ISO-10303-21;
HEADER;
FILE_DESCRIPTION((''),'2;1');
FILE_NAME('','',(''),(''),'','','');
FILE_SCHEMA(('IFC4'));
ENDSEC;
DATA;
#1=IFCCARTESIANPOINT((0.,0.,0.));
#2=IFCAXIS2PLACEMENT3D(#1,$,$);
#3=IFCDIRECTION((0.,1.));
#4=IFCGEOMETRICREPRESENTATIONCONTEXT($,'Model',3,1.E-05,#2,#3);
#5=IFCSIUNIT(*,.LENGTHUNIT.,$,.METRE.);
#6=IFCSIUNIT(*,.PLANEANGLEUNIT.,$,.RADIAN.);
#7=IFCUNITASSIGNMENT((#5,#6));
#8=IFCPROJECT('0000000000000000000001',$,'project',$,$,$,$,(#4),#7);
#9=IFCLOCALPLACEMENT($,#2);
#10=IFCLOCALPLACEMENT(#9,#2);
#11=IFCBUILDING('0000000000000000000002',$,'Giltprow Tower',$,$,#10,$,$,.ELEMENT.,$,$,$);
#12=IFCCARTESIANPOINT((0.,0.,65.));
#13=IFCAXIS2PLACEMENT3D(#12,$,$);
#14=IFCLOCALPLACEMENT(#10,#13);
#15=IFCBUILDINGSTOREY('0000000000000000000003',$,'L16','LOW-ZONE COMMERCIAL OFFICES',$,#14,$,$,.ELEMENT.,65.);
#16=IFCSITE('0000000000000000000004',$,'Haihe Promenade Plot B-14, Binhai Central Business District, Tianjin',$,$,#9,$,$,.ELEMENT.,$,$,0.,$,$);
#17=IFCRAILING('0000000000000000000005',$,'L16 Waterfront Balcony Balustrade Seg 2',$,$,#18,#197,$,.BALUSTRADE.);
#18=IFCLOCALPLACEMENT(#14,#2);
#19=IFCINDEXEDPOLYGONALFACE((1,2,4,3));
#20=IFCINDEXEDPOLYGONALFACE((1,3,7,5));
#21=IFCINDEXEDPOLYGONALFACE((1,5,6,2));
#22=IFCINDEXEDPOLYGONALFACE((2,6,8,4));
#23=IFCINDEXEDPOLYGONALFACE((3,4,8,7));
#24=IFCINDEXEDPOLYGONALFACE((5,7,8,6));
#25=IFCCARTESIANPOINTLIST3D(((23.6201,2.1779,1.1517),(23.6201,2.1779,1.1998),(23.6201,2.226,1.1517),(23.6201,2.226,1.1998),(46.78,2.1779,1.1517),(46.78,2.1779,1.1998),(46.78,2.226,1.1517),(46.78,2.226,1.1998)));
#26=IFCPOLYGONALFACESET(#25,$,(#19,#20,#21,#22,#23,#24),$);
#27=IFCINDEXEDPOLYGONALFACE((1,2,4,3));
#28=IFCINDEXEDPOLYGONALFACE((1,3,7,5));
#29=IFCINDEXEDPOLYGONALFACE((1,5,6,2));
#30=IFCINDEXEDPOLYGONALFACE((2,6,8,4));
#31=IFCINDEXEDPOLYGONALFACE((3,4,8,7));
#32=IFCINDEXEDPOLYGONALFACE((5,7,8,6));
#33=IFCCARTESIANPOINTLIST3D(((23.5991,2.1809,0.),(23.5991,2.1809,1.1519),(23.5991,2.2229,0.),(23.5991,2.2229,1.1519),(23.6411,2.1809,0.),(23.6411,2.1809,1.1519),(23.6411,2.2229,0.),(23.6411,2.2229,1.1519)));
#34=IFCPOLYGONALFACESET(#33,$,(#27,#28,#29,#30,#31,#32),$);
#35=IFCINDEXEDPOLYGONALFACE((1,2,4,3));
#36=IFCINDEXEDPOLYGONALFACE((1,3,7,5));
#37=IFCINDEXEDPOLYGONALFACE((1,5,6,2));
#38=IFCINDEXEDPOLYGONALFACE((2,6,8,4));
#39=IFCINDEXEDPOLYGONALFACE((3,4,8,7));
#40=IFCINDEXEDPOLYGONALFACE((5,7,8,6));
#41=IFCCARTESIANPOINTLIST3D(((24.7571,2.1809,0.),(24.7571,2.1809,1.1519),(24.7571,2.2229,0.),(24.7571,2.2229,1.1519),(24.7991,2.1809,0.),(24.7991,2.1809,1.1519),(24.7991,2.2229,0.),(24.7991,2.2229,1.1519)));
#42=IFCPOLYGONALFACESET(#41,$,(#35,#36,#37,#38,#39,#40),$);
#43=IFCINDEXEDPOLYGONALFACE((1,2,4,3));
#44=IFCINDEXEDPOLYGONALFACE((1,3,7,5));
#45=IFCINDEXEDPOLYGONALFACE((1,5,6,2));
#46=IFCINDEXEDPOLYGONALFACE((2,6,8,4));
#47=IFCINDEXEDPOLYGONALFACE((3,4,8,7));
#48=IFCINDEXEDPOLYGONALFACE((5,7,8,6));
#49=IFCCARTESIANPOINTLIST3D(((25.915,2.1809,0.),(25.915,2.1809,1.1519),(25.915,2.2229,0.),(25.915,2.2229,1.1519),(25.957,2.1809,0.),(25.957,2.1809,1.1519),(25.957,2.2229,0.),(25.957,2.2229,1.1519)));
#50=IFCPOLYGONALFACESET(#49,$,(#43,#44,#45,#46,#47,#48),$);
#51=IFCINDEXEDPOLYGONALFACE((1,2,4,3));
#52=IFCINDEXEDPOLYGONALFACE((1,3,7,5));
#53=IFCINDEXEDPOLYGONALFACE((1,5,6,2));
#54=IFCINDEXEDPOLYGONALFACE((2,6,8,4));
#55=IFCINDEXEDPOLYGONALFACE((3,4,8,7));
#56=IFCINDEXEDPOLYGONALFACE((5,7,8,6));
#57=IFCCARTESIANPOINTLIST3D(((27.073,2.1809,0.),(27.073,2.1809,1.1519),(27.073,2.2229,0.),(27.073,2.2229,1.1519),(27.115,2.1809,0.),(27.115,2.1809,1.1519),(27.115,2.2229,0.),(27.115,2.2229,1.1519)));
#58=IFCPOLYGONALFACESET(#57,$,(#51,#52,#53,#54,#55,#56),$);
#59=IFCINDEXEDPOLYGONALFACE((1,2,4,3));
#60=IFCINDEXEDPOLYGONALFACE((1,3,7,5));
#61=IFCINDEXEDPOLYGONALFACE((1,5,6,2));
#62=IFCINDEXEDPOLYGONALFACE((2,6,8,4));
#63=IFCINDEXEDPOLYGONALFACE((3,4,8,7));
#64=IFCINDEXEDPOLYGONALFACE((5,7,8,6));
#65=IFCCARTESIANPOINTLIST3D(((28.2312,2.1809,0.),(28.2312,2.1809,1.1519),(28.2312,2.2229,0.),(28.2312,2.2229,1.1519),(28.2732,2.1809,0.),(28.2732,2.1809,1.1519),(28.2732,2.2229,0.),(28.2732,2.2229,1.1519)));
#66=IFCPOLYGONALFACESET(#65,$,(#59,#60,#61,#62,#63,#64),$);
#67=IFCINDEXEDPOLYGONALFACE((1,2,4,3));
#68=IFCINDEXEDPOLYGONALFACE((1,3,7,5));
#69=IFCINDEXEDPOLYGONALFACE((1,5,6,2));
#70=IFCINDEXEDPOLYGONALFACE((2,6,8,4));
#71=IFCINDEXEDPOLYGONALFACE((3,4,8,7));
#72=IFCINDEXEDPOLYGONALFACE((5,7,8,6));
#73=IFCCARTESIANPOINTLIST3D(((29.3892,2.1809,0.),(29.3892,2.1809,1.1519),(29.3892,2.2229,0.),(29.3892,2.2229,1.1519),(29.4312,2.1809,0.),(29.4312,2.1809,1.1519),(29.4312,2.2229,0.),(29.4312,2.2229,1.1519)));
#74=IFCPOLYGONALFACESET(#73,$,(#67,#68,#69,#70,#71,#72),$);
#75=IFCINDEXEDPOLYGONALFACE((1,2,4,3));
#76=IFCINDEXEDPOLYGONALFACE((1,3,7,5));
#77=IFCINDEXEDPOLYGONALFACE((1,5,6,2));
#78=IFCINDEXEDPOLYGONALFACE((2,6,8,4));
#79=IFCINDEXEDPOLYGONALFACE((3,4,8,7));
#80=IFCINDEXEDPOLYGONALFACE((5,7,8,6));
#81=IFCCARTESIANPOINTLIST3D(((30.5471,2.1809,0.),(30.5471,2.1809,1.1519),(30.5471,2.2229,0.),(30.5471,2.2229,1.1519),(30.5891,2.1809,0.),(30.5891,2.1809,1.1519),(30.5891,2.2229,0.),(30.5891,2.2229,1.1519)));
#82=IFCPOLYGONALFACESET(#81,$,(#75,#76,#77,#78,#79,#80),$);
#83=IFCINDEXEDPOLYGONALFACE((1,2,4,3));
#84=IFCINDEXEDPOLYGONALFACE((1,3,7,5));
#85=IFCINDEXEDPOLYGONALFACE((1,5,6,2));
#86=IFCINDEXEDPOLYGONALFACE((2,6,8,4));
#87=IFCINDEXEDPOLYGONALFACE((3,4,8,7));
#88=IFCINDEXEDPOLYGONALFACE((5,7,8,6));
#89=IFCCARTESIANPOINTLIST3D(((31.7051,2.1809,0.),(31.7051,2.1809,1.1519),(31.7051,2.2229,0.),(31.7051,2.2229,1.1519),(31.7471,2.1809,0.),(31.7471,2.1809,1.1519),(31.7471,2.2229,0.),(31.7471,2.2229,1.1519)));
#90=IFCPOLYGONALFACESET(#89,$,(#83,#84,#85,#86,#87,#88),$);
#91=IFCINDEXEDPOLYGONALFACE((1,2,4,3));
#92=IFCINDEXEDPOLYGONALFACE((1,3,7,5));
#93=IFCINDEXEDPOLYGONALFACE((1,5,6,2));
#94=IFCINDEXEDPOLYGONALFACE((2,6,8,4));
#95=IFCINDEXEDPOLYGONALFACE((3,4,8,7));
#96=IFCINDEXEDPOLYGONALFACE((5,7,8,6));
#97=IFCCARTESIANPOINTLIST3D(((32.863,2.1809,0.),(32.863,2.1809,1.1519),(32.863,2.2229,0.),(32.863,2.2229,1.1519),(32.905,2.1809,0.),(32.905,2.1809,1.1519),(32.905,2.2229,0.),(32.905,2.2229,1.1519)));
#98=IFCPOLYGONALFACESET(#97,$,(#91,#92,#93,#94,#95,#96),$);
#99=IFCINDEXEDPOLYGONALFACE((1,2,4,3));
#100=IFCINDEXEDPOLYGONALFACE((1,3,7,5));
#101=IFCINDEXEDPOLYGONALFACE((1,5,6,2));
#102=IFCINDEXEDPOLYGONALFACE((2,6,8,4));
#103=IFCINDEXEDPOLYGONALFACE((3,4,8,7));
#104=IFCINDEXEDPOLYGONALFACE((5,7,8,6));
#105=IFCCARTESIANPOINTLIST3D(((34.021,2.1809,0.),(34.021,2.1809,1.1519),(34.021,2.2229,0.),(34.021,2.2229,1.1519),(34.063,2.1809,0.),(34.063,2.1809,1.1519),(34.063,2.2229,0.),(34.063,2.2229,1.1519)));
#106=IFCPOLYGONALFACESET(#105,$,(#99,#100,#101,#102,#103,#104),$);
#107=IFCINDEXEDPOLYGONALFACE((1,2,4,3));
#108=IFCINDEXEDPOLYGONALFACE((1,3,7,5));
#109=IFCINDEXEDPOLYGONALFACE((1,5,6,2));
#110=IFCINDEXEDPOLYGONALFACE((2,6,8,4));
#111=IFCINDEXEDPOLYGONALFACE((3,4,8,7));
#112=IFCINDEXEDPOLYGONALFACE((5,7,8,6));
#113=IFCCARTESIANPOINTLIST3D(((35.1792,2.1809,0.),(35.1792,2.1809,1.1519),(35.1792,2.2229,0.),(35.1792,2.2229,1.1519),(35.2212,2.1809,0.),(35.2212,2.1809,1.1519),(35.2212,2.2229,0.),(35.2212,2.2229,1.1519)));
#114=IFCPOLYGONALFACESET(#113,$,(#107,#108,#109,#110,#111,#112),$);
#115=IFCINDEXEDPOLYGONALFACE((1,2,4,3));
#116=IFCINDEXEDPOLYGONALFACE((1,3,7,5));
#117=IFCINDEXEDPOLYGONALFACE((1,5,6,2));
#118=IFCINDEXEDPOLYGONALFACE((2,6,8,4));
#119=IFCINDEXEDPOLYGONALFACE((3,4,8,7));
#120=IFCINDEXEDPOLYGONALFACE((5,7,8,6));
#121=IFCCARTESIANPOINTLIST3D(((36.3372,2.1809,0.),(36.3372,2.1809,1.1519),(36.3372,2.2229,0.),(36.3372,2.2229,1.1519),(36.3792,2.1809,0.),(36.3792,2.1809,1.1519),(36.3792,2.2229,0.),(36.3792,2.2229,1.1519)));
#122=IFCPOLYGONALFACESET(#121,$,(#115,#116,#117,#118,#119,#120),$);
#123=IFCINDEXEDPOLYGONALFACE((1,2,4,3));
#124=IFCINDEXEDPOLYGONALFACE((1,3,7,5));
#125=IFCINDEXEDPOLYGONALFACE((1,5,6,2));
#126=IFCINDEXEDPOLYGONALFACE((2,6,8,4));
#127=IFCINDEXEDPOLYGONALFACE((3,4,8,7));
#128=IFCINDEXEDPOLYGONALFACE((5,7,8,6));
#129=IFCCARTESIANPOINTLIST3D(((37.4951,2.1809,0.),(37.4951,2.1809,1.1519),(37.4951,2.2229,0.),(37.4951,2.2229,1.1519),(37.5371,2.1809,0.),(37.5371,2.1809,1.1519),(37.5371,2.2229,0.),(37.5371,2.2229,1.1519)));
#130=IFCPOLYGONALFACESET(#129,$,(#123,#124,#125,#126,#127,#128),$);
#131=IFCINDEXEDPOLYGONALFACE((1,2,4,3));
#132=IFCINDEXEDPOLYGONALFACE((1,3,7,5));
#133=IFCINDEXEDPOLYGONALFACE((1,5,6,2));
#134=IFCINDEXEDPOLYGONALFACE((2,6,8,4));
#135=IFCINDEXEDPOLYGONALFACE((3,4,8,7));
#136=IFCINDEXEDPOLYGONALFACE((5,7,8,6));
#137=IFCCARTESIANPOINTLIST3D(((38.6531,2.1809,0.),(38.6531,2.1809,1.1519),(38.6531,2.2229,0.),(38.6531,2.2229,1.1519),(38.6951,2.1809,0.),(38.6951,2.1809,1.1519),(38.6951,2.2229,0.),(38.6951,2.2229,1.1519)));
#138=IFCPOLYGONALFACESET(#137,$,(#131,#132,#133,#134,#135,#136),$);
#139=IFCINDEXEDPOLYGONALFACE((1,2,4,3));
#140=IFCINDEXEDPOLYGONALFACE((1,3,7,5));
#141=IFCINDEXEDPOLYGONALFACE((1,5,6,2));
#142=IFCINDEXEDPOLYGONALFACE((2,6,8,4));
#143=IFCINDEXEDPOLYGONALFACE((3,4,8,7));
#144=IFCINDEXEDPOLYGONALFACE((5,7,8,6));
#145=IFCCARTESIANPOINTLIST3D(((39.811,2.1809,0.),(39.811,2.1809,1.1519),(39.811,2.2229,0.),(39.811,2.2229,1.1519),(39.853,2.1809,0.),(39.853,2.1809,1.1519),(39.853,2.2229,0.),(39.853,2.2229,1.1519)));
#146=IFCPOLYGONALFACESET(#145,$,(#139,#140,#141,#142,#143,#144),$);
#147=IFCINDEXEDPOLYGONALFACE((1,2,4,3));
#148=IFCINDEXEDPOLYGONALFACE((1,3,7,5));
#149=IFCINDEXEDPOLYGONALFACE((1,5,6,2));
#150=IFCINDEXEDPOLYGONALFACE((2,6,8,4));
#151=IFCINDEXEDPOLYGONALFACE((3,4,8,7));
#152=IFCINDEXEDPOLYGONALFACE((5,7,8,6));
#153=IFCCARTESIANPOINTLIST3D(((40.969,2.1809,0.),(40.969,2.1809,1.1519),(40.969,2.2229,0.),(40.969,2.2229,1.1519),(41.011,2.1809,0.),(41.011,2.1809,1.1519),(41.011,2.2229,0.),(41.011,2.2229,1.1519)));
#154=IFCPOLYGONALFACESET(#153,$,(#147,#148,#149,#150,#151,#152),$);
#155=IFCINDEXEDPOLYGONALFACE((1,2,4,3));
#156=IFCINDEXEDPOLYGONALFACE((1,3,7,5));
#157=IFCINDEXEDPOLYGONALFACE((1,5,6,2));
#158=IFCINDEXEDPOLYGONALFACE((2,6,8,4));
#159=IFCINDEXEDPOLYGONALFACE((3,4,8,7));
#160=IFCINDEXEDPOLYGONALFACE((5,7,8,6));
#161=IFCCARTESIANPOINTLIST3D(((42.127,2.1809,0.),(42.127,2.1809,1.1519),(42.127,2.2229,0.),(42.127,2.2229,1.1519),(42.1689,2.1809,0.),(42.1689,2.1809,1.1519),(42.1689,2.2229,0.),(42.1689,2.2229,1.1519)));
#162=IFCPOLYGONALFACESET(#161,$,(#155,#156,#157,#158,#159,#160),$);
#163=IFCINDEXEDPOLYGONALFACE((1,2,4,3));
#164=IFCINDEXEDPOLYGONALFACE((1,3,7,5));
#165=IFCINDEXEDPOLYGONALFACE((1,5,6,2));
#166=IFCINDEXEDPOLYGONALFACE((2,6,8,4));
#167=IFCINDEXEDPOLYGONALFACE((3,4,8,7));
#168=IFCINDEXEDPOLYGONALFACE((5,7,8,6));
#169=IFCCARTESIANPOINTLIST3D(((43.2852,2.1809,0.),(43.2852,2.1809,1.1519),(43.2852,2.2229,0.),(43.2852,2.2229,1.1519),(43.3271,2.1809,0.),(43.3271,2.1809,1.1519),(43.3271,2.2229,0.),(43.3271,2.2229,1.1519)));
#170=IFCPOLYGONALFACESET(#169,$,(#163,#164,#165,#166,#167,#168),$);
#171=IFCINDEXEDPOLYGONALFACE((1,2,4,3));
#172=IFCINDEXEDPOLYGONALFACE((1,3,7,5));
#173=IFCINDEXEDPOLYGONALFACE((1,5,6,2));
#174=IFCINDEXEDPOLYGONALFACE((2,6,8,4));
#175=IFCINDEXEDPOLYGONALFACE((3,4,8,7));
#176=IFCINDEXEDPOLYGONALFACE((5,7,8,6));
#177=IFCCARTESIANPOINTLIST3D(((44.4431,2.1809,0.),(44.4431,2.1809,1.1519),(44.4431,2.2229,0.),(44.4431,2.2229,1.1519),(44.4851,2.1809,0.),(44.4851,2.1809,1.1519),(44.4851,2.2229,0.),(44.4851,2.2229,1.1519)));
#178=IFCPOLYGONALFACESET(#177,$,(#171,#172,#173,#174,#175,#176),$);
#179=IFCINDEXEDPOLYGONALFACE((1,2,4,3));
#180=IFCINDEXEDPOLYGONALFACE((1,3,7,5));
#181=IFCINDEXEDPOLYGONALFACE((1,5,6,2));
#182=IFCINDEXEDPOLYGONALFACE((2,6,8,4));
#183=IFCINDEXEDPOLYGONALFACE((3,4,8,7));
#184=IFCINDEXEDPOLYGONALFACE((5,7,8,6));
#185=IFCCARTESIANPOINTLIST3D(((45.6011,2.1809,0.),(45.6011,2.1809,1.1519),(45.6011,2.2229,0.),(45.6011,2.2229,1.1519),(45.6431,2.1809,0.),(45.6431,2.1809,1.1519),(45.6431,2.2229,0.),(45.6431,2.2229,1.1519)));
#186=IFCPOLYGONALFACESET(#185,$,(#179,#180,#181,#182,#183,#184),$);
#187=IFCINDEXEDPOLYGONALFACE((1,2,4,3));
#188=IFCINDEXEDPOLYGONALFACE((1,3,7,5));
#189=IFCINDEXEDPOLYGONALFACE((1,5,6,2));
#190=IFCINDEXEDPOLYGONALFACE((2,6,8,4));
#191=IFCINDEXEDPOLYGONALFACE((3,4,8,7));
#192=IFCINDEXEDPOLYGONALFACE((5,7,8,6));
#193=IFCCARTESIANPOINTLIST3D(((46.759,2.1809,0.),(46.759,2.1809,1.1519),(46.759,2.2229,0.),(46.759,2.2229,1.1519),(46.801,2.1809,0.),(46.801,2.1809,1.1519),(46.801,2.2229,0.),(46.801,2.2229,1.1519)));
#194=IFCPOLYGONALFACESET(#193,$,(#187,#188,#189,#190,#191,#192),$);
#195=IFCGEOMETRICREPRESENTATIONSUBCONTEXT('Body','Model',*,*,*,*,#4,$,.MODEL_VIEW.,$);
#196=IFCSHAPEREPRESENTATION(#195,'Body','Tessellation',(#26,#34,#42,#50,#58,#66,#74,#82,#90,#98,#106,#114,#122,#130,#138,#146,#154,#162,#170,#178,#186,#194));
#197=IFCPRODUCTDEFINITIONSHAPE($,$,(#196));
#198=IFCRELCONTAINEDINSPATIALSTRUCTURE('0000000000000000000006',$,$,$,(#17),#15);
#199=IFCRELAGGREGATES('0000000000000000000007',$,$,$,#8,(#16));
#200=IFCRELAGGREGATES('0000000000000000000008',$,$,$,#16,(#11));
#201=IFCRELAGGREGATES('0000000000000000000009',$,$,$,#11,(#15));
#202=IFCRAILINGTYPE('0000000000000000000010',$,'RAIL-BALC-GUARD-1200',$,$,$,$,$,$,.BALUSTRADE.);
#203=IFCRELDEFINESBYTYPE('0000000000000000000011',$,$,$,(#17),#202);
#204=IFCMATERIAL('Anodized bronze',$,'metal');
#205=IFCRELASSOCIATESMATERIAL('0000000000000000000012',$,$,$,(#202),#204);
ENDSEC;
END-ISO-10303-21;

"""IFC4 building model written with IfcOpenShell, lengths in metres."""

from ifc_helpers import new_model, si_unit, direction, frame, origin, origin_2d, place, context, subcontext, project, spatial, rectangle, extrude, material, type_object, element, save


model = new_model("IFC4")

# Units and contexts
model_context = context("Model", 3, precision=1e-05, world=origin(), true_north=direction((0.0, 1.0)))
body_context = subcontext(model_context, "Body", "Model", "MODEL_VIEW")
ifc_project = project(units=[si_unit("LENGTHUNIT", "METRE"), si_unit("PLANEANGLEUNIT", "RADIAN")], contexts=[model_context])

# Site, building, storey
site_placement = place(None, origin())
site = spatial("IfcSite", under=ifc_project, at=site_placement, Name="Haihe Promenade Plot B-14, Binhai Central Business District, Tianjin", CompositionType="ELEMENT", RefElevation=0.0)
building_placement = place(site_placement, origin())
building = spatial("IfcBuilding", under=site, at=building_placement, Name="Giltprow Tower", CompositionType="ELEMENT")
storey_placement = place(building_placement, frame((0.0, 0.0, 65.0)))
storey = spatial("IfcBuildingStorey", under=building, at=storey_placement, Name="L16", Description="LOW-ZONE COMMERCIAL OFFICES", CompositionType="ELEMENT", Elevation=65.0)

# Shared definitions
ifc_material_1 = material(Name="Anodized bronze", Category="metal")

# Railing
railing_type = type_object("IfcRailingType", Name="RAIL-BALC-GUARD-1200", PredefinedType="BALUSTRADE", material=ifc_material_1)
railing_1_placement = place(storey_placement, frame((23.6201, 2.2019, 0.0)))
element("IfcRailing", 1, at=railing_1_placement, inside=storey, type_object=railing_type, Name="L16 Waterfront Balcony Balustrade Seg 2", PredefinedType="BALUSTRADE", context=body_context, shape_type="SweptSolid", body=[
    extrude(rectangle(XDim=0.0481, YDim=0.0481, at=origin_2d()), frame((0.0, 0.0, 1.1758), z_axis=(1.0, 0.0, 0.0), x_axis=(0.0, 1.0, 0.0)), (0.0, 0.0, 1.0), 23.1599),
    extrude(rectangle(XDim=0.042, YDim=0.042, at=origin_2d()), origin(), (0.0, 0.0, 1.0), 1.1519),
    extrude(rectangle(XDim=0.042, YDim=0.042, at=origin_2d()), frame((1.158, 0.0, 0.0)), (0.0, 0.0, 1.0), 1.1519),
    extrude(rectangle(XDim=0.042, YDim=0.042, at=origin_2d()), frame((2.3159, 0.0, 0.0)), (0.0, 0.0, 1.0), 1.1519),
    extrude(rectangle(XDim=0.042, YDim=0.042, at=origin_2d()), frame((3.4739, 0.0, 0.0)), (0.0, 0.0, 1.0), 1.1519),
    extrude(rectangle(XDim=0.042, YDim=0.042, at=origin_2d()), frame((4.6321, 0.0, 0.0)), (0.0, 0.0, 1.0), 1.1519),
    extrude(rectangle(XDim=0.042, YDim=0.042, at=origin_2d()), frame((5.79, 0.0, 0.0)), (0.0, 0.0, 1.0), 1.1519),
    extrude(rectangle(XDim=0.042, YDim=0.042, at=origin_2d()), frame((6.948, 0.0, 0.0)), (0.0, 0.0, 1.0), 1.1519),
    extrude(rectangle(XDim=0.042, YDim=0.042, at=origin_2d()), frame((8.106, 0.0, 0.0)), (0.0, 0.0, 1.0), 1.1519),
    extrude(rectangle(XDim=0.042, YDim=0.042, at=origin_2d()), frame((9.2639, 0.0, 0.0)), (0.0, 0.0, 1.0), 1.1519),
    extrude(rectangle(XDim=0.042, YDim=0.042, at=origin_2d()), frame((10.4219, 0.0, 0.0)), (0.0, 0.0, 1.0), 1.1519),
    extrude(rectangle(XDim=0.042, YDim=0.042, at=origin_2d()), frame((11.5801, 0.0, 0.0)), (0.0, 0.0, 1.0), 1.1519),
    extrude(rectangle(XDim=0.042, YDim=0.042, at=origin_2d()), frame((12.738, 0.0, 0.0)), (0.0, 0.0, 1.0), 1.1519),
    extrude(rectangle(XDim=0.042, YDim=0.042, at=origin_2d()), frame((13.896, 0.0, 0.0)), (0.0, 0.0, 1.0), 1.1519),
    extrude(rectangle(XDim=0.042, YDim=0.042, at=origin_2d()), frame((15.054, 0.0, 0.0)), (0.0, 0.0, 1.0), 1.1519),
    extrude(rectangle(XDim=0.042, YDim=0.042, at=origin_2d()), frame((16.2119, 0.0, 0.0)), (0.0, 0.0, 1.0), 1.1519),
    extrude(rectangle(XDim=0.042, YDim=0.042, at=origin_2d()), frame((17.3699, 0.0, 0.0)), (0.0, 0.0, 1.0), 1.1519),
    extrude(rectangle(XDim=0.042, YDim=0.042, at=origin_2d()), frame((18.5278, 0.0, 0.0)), (0.0, 0.0, 1.0), 1.1519),
    extrude(rectangle(XDim=0.042, YDim=0.042, at=origin_2d()), frame((19.686, 0.0, 0.0)), (0.0, 0.0, 1.0), 1.1519),
    extrude(rectangle(XDim=0.042, YDim=0.042, at=origin_2d()), frame((20.844, 0.0, 0.0)), (0.0, 0.0, 1.0), 1.1519),
    extrude(rectangle(XDim=0.042, YDim=0.042, at=origin_2d()), frame((22.002, 0.0, 0.0)), (0.0, 0.0, 1.0), 1.1519),
    extrude(rectangle(XDim=0.042, YDim=0.042, at=origin_2d()), frame((23.1599, 0.0, 0.0)), (0.0, 0.0, 1.0), 1.1519),
])

save(model, "model.ifc")
